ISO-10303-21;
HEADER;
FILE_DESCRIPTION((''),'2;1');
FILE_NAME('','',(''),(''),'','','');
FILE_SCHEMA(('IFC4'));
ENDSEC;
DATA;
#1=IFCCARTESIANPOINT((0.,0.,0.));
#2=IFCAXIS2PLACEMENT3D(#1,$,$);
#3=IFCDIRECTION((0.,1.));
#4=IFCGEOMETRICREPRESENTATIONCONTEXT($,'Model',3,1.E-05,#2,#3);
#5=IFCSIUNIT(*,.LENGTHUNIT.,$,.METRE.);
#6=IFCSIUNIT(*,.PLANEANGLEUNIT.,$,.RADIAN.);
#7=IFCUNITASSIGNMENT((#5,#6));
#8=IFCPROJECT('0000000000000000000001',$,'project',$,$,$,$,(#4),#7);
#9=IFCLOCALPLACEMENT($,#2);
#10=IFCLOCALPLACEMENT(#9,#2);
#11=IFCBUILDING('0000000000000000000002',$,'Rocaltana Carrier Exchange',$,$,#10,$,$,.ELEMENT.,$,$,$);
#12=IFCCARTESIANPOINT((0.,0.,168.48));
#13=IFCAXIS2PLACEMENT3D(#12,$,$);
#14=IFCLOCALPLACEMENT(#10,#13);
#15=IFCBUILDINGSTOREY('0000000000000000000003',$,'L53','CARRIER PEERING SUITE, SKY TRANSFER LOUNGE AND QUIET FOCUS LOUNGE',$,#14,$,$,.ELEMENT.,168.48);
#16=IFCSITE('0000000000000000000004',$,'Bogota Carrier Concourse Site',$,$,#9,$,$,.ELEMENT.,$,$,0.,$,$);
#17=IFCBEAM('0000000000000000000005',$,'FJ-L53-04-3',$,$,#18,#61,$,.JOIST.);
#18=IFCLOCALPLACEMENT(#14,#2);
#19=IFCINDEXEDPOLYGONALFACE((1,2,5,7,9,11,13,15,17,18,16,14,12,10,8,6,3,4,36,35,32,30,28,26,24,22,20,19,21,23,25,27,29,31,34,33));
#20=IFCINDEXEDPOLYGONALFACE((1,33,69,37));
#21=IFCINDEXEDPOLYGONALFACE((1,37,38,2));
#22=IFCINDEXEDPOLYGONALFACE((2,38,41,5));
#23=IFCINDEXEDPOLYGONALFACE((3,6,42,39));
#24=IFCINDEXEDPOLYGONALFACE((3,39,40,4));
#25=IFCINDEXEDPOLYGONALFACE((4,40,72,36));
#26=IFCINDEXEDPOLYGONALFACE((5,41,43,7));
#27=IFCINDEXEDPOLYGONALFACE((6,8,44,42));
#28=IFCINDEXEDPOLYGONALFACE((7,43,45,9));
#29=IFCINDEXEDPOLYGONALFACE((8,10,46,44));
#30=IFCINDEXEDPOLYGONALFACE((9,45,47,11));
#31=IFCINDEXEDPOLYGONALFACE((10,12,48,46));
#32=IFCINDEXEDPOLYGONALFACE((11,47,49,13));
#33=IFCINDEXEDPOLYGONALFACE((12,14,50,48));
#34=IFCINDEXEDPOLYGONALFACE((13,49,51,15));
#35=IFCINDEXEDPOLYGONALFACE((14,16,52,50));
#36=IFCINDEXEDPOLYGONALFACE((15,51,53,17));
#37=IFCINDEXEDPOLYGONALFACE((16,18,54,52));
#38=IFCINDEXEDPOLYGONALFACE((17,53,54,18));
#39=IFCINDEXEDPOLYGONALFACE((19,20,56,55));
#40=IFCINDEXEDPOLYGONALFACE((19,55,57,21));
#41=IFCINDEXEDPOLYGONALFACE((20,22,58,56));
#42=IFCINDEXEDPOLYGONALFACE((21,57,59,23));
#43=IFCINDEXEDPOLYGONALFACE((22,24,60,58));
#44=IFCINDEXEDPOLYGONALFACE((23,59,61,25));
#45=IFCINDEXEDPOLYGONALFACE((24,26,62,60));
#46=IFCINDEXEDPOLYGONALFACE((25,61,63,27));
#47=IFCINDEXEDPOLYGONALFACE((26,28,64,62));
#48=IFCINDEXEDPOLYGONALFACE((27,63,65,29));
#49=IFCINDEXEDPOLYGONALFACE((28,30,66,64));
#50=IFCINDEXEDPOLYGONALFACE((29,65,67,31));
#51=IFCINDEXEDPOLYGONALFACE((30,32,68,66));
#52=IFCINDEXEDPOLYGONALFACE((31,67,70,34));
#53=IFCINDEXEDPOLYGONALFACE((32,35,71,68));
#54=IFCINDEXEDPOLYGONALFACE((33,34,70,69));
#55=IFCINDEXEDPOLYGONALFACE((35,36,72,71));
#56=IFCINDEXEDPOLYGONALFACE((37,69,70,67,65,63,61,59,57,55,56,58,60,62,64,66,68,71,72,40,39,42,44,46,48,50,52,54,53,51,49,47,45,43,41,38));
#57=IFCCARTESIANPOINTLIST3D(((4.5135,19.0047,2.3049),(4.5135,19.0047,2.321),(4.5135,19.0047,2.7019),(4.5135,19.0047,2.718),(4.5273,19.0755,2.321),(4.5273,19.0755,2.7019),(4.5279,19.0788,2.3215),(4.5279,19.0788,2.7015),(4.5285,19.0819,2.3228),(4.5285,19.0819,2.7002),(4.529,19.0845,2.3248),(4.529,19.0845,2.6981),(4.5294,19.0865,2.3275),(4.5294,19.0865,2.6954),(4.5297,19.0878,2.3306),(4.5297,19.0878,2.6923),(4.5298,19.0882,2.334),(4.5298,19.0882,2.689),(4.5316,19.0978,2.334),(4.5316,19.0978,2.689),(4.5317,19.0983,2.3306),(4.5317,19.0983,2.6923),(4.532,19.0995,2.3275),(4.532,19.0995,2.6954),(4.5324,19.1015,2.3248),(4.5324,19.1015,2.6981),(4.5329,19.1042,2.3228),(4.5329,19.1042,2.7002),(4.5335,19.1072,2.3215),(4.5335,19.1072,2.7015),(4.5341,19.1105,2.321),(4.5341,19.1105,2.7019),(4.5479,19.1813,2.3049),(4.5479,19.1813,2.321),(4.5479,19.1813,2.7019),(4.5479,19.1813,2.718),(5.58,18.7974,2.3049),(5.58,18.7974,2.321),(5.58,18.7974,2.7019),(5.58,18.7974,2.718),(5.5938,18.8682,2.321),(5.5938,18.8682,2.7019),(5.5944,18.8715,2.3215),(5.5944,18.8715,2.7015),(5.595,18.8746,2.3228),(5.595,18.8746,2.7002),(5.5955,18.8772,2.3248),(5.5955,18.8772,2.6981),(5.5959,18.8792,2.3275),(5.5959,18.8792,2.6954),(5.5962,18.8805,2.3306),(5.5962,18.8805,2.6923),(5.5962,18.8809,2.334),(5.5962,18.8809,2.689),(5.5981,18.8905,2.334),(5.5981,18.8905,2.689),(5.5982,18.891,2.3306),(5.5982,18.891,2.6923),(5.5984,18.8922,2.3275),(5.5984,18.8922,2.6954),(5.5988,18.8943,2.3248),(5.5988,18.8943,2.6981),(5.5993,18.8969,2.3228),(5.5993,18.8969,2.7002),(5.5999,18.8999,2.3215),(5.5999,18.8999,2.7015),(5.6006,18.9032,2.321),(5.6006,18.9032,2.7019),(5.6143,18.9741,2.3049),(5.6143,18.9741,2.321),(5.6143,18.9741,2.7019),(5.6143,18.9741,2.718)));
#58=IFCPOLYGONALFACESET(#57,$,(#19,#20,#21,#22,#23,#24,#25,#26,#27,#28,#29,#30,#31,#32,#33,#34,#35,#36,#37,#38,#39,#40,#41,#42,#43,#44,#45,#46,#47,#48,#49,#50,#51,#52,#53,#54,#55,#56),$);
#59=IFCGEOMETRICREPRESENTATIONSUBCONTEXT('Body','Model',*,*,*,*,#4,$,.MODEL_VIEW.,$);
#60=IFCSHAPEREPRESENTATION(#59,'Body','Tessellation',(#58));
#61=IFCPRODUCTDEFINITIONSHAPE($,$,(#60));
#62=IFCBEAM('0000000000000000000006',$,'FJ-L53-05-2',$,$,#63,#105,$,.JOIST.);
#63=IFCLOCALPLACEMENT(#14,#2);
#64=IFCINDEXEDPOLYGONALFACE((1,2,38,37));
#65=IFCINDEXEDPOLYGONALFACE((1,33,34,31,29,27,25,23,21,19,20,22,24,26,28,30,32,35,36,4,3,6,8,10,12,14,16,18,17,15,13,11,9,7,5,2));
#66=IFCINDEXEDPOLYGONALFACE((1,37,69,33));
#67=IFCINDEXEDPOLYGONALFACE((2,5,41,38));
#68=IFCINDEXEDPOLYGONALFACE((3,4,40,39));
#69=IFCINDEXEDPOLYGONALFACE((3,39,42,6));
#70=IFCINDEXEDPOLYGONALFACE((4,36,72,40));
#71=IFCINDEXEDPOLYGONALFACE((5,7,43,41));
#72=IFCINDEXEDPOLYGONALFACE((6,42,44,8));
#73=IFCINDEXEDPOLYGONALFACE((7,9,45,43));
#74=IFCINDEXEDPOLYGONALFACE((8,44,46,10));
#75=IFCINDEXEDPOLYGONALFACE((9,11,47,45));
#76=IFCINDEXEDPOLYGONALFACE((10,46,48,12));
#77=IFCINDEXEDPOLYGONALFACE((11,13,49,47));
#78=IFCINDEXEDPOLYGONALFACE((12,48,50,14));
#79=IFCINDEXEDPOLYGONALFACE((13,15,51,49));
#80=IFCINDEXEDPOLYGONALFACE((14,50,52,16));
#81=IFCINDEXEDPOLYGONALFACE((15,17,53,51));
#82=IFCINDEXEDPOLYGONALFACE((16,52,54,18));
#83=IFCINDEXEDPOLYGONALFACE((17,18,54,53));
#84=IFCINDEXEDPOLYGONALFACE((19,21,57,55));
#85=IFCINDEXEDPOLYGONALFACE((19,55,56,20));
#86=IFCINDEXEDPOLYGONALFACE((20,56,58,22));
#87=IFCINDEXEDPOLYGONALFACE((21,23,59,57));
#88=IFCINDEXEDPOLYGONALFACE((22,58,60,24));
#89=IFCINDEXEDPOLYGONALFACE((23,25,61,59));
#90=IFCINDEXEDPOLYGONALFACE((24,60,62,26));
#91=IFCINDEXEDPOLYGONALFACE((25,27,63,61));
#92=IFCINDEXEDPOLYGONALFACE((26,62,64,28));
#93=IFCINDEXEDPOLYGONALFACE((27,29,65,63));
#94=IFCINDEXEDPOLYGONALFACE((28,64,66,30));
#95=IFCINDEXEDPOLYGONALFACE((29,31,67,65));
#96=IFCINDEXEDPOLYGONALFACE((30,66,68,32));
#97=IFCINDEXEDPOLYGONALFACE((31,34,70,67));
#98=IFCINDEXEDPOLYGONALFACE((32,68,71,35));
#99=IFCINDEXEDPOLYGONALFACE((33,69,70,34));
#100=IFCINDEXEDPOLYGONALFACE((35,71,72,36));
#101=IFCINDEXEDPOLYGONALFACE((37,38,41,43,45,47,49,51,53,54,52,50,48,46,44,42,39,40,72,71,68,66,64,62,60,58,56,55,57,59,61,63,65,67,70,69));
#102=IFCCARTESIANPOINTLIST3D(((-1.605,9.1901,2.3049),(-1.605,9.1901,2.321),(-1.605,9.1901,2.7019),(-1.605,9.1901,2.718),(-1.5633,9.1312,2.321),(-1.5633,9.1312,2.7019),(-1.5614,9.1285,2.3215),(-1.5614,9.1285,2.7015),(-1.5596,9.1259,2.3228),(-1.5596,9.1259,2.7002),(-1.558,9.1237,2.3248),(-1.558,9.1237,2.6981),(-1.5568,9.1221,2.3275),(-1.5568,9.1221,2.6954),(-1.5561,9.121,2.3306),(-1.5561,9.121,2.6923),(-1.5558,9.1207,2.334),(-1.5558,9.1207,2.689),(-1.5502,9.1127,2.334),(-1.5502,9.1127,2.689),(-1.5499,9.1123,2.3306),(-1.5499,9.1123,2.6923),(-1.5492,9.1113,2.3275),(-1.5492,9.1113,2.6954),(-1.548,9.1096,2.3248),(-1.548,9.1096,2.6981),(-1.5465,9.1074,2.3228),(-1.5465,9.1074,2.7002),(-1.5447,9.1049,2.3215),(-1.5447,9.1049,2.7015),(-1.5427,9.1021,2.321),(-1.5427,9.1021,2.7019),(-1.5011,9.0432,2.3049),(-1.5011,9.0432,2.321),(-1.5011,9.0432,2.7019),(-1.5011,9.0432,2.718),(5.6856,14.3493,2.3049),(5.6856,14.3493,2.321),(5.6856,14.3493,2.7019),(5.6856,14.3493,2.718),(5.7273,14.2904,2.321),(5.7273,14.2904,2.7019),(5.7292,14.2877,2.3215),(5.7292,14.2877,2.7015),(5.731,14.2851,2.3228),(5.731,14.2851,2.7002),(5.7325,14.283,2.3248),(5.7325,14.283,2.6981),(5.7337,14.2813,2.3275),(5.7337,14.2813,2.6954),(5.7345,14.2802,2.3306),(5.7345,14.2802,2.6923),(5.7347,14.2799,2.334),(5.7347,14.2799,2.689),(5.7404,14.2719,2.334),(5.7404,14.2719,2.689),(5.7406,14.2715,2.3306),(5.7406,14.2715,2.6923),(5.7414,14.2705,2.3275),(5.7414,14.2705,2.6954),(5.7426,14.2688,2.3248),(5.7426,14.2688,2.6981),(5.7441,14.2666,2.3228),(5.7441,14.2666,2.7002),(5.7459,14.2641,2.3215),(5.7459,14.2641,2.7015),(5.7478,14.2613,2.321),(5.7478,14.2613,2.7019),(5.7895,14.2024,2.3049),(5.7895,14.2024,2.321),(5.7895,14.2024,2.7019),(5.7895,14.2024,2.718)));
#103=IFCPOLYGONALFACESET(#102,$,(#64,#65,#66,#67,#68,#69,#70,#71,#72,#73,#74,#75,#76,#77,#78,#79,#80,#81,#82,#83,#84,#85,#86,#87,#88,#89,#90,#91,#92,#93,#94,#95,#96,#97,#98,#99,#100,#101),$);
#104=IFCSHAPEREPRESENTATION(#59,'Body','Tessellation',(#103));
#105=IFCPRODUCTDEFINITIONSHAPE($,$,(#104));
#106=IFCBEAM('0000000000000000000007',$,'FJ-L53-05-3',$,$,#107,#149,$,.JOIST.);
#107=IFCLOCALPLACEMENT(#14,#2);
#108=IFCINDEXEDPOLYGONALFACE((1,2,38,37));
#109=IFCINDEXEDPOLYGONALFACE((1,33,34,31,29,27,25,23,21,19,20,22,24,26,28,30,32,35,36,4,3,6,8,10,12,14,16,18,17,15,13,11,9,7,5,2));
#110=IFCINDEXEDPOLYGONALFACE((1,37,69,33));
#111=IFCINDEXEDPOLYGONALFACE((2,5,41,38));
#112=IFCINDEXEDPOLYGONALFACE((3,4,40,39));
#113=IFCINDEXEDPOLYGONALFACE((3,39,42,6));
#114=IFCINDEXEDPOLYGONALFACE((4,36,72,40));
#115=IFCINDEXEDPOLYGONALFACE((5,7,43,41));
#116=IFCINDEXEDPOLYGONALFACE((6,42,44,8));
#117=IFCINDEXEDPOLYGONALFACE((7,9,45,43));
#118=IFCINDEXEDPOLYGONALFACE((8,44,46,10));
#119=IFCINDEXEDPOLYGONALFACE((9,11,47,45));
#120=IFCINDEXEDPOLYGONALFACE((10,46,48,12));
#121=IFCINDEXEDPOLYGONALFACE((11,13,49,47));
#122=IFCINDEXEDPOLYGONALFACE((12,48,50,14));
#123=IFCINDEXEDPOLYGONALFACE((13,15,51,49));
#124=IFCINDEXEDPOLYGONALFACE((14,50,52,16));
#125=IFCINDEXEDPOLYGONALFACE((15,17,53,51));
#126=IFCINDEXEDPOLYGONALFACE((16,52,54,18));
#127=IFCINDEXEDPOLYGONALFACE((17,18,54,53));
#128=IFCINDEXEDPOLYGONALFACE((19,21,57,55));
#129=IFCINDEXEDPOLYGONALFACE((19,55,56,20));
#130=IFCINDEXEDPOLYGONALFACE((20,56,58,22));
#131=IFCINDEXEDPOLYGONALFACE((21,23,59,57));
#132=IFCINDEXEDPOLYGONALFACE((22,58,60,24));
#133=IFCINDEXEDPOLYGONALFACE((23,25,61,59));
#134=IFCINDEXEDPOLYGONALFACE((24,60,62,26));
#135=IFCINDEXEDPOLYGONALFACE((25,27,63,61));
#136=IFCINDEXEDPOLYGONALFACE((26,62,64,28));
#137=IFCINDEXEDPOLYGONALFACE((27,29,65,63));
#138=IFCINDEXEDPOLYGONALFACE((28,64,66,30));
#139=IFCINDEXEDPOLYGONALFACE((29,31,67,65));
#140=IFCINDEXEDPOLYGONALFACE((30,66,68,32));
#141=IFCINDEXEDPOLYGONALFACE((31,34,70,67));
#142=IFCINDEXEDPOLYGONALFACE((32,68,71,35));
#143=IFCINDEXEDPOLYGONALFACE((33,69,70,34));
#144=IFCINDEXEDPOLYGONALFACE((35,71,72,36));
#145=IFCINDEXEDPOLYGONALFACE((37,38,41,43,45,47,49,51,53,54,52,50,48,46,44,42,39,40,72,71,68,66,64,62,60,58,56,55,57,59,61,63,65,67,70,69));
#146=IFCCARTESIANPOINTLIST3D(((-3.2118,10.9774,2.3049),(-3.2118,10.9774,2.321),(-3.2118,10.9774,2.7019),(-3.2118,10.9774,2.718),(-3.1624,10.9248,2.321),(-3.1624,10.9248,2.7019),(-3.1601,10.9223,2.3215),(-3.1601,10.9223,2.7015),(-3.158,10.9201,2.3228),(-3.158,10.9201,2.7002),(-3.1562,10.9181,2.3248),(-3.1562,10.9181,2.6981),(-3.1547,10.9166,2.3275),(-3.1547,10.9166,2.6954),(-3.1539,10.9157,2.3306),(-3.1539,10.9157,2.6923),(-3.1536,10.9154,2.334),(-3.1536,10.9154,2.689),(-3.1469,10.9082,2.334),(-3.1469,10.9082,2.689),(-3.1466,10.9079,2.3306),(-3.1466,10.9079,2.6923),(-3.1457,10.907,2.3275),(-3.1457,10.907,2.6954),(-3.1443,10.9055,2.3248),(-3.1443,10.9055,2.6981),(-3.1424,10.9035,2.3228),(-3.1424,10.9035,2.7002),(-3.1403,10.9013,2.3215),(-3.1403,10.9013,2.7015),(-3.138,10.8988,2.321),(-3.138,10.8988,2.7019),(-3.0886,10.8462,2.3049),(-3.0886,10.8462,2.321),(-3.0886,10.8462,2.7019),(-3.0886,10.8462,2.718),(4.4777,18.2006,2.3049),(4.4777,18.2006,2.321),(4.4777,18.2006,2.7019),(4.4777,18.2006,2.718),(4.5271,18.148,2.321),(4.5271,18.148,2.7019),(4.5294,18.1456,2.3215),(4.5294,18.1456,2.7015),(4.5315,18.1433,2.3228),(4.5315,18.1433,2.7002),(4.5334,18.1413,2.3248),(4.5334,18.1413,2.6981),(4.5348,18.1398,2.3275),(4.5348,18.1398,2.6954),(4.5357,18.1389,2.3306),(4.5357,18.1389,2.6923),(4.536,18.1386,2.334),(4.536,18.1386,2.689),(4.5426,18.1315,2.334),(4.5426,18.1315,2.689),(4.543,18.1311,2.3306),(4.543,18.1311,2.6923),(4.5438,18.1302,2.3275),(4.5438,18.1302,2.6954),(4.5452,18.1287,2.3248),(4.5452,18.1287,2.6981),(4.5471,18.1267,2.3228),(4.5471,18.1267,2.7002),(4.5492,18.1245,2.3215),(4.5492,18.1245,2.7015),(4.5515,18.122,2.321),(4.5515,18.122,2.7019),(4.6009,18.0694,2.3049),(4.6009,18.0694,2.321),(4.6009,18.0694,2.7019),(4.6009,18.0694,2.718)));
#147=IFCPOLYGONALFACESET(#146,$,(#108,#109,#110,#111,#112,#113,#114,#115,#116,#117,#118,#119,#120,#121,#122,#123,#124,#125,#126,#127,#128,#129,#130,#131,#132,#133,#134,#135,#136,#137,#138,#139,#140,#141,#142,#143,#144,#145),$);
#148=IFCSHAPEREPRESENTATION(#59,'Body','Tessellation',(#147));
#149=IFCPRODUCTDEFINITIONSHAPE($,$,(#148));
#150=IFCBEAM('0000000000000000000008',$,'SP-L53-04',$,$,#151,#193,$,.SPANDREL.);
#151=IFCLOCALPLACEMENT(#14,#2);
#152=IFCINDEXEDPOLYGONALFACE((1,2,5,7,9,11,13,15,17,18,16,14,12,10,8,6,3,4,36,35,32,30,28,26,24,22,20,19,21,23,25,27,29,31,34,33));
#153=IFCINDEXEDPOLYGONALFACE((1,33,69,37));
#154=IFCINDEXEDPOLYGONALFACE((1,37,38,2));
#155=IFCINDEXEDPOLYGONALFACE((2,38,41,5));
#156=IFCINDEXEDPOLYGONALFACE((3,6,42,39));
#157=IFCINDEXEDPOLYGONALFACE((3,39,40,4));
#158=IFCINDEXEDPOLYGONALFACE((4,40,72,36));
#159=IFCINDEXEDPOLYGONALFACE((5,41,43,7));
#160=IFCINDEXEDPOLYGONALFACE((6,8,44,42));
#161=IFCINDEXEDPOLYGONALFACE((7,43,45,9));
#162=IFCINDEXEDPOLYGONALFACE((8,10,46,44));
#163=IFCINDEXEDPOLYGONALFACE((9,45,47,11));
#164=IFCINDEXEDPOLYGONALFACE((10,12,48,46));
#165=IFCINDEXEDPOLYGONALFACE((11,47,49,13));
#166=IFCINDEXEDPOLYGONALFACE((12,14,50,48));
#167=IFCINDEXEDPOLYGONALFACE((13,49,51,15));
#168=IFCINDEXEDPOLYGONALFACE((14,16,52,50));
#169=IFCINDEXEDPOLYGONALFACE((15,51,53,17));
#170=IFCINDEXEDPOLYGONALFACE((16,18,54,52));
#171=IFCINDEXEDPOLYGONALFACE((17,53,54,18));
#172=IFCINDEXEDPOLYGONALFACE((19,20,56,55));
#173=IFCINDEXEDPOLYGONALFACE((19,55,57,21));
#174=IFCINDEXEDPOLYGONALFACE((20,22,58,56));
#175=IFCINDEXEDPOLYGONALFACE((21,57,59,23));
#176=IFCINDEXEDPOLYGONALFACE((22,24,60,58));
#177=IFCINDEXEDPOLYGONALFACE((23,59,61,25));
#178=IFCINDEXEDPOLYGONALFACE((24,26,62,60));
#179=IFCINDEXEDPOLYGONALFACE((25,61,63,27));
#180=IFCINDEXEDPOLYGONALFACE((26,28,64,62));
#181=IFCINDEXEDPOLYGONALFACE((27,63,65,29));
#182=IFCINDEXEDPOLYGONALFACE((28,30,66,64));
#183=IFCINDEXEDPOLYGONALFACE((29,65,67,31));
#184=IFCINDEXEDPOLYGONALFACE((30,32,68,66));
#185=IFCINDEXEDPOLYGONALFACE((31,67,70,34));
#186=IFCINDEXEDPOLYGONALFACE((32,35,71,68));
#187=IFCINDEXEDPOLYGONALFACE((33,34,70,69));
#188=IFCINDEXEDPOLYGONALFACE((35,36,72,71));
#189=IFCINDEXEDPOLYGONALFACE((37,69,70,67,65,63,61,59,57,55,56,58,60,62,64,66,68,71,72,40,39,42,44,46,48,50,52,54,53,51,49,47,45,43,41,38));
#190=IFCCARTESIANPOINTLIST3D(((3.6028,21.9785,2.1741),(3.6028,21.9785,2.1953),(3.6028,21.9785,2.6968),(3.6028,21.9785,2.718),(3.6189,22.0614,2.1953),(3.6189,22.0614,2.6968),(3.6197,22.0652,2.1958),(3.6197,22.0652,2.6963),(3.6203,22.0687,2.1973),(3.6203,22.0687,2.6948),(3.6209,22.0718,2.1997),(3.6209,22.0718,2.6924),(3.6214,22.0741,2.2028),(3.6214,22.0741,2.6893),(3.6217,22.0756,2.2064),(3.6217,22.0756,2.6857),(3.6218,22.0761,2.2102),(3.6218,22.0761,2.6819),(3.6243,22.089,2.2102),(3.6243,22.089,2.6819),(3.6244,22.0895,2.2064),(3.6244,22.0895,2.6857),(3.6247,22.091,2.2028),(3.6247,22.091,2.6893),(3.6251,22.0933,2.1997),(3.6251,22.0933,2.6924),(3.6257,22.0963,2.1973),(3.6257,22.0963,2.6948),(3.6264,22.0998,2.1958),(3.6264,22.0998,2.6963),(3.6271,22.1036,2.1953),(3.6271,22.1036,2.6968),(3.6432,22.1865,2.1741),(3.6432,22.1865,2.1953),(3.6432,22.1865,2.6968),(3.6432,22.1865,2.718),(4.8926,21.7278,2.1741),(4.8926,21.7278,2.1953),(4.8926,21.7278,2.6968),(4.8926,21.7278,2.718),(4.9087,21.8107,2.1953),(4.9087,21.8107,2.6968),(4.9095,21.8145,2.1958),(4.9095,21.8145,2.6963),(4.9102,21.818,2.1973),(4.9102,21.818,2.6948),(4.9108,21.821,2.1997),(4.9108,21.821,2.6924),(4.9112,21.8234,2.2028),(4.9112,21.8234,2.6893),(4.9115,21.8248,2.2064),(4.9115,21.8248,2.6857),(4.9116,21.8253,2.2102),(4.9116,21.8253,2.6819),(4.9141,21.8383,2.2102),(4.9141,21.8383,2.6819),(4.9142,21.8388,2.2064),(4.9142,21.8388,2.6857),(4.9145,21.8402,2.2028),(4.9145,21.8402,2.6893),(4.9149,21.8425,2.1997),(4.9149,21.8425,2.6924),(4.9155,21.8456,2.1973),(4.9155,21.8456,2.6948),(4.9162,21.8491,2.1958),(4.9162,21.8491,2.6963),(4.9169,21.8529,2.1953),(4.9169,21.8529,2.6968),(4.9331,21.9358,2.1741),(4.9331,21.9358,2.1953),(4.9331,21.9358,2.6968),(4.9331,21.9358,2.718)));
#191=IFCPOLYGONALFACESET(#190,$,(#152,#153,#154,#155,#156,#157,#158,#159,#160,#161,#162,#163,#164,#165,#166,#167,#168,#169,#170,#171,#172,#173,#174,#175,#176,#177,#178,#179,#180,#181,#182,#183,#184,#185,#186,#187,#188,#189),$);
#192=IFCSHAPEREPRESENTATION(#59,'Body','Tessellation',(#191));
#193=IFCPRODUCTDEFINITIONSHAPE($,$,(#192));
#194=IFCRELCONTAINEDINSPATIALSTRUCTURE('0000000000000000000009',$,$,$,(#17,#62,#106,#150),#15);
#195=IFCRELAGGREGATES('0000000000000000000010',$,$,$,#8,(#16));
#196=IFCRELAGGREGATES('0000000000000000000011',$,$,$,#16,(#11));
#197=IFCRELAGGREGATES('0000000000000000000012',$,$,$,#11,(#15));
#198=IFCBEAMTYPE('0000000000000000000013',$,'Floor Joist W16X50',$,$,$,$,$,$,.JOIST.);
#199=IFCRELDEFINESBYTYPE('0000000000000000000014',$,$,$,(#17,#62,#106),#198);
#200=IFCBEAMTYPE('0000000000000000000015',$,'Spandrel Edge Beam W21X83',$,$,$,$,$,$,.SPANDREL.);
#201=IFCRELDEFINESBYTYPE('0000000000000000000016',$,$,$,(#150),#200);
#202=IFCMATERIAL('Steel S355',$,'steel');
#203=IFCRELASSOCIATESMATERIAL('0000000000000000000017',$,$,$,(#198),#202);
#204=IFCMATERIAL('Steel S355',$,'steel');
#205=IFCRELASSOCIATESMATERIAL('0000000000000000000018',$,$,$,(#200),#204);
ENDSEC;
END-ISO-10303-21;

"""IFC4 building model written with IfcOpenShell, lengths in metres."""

from ifc_helpers import new_model, si_unit, direction, frame, origin, origin_2d, place, context, subcontext, project, spatial, i_section, extrude, material, material_profile, profile_set, type_object, element, save


model = new_model("IFC4")

# Units and contexts
model_context = context("Model", 3, precision=1e-05, world=origin(), true_north=direction((0.0, 1.0)))
body_context = subcontext(model_context, "Body", "Model", "MODEL_VIEW")
ifc_project = project(units=[si_unit("LENGTHUNIT", "METRE"), si_unit("PLANEANGLEUNIT", "RADIAN")], contexts=[model_context])

# Site, building, storey
site_placement = place(None, origin())
site = spatial("IfcSite", under=ifc_project, at=site_placement, Name="Bogota Carrier Concourse Site", CompositionType="ELEMENT", RefElevation=0.0)
building_placement = place(site_placement, origin())
building = spatial("IfcBuilding", under=site, at=building_placement, Name="Rocaltana Carrier Exchange", CompositionType="ELEMENT")
storey_placement = place(building_placement, frame((0.0, 0.0, 168.48)))
storey = spatial("IfcBuildingStorey", under=building, at=storey_placement, Name="L53", Description="CARRIER PEERING SUITE, SKY TRANSFER LOUNGE AND QUIET FOCUS LOUNGE", CompositionType="ELEMENT", Elevation=168.48)

# Beams
ifc_material_1 = material(Name="Steel S355", Category="steel")
ifc_material_profile_1 = material_profile(ifc_material_1, i_section(OverallWidth=0.1799, OverallDepth=0.4131, WebThickness=0.0098, FlangeThickness=0.0161, FilletRadius=0.0129, at=origin_2d()), Name="W16X50")
ifc_profile_set_1 = profile_set([ifc_material_profile_1], Name="Steel S355")
beam_type_1 = type_object("IfcBeamType", Name="Floor Joist W16X50", PredefinedType="JOIST", material=ifc_profile_set_1)
beam_1_placement = place(storey_placement, frame((5.5972, 18.8857, 2.5115), z_axis=(-0.981629, 0.190797, 0.0), x_axis=(-0.190797, -0.981629, 0.0)))
element("IfcBeam", 1, at=beam_1_placement, inside=storey, type_object=beam_type_1, Name="FJ-L53-04-3", PredefinedType="JOIST", context=body_context, shape_type="SweptSolid", body=[
    extrude(i_section(OverallWidth=0.1799, OverallDepth=0.4131, WebThickness=0.0098, FlangeThickness=0.0161, FilletRadius=0.0129, at=origin_2d()), origin(), (0.0, 0.0, 1.0), 1.0864),
])
beam_2_placement = place(storey_placement, frame((5.7375, 14.2759, 2.5115), z_axis=(-0.816285, -0.577649, 0.0), x_axis=(0.577649, -0.816285, 0.0)))
element("IfcBeam", 2, at=beam_2_placement, inside=storey, type_object=beam_type_1, Name="FJ-L53-05-2", PredefinedType="JOIST", context=body_context, shape_type="SweptSolid", body=[
    extrude(i_section(OverallWidth=0.1799, OverallDepth=0.4131, WebThickness=0.0098, FlangeThickness=0.0161, FilletRadius=0.0129, at=origin_2d()), origin(), (0.0, 0.0, 1.0), 8.9314),
])
beam_3_placement = place(storey_placement, frame((4.5393, 18.135, 2.5115), z_axis=(-0.728861, -0.684661, 0.0), x_axis=(0.684661, -0.728861, 0.0)))
element("IfcBeam", 3, at=beam_3_placement, inside=storey, type_object=beam_type_1, Name="FJ-L53-05-3", PredefinedType="JOIST", context=body_context, shape_type="SweptSolid", body=[
    extrude(i_section(OverallWidth=0.1799, OverallDepth=0.4131, WebThickness=0.0098, FlangeThickness=0.0161, FilletRadius=0.0129, at=origin_2d()), origin(), (0.0, 0.0, 1.0), 10.55),
])
ifc_material_2 = material(Name="Steel S355", Category="steel")
ifc_material_profile_2 = material_profile(ifc_material_2, i_section(OverallWidth=0.2119, OverallDepth=0.5439, WebThickness=0.0132, FlangeThickness=0.0212, FilletRadius=0.0149, at=origin_2d()), Name="W21X83")
ifc_profile_set_2 = profile_set([ifc_material_profile_2], Name="Steel S355")
beam_type_2 = type_object("IfcBeamType", Name="Spandrel Edge Beam W21X83", PredefinedType="SPANDREL", material=ifc_profile_set_2)
beam_4_placement = place(storey_placement, frame((4.9128, 21.8318, 2.446), z_axis=(-0.981624, 0.190825, 0.0), x_axis=(-0.190825, -0.981624, 0.0)))
element("IfcBeam", 4, at=beam_4_placement, inside=storey, type_object=beam_type_2, Name="SP-L53-04", PredefinedType="SPANDREL", context=body_context, shape_type="SweptSolid", body=[
    extrude(i_section(OverallWidth=0.2119, OverallDepth=0.5439, WebThickness=0.0132, FlangeThickness=0.0212, FilletRadius=0.0149, at=origin_2d()), origin(), (0.0, 0.0, 1.0), 1.314),
])

save(model, "model.ifc")
